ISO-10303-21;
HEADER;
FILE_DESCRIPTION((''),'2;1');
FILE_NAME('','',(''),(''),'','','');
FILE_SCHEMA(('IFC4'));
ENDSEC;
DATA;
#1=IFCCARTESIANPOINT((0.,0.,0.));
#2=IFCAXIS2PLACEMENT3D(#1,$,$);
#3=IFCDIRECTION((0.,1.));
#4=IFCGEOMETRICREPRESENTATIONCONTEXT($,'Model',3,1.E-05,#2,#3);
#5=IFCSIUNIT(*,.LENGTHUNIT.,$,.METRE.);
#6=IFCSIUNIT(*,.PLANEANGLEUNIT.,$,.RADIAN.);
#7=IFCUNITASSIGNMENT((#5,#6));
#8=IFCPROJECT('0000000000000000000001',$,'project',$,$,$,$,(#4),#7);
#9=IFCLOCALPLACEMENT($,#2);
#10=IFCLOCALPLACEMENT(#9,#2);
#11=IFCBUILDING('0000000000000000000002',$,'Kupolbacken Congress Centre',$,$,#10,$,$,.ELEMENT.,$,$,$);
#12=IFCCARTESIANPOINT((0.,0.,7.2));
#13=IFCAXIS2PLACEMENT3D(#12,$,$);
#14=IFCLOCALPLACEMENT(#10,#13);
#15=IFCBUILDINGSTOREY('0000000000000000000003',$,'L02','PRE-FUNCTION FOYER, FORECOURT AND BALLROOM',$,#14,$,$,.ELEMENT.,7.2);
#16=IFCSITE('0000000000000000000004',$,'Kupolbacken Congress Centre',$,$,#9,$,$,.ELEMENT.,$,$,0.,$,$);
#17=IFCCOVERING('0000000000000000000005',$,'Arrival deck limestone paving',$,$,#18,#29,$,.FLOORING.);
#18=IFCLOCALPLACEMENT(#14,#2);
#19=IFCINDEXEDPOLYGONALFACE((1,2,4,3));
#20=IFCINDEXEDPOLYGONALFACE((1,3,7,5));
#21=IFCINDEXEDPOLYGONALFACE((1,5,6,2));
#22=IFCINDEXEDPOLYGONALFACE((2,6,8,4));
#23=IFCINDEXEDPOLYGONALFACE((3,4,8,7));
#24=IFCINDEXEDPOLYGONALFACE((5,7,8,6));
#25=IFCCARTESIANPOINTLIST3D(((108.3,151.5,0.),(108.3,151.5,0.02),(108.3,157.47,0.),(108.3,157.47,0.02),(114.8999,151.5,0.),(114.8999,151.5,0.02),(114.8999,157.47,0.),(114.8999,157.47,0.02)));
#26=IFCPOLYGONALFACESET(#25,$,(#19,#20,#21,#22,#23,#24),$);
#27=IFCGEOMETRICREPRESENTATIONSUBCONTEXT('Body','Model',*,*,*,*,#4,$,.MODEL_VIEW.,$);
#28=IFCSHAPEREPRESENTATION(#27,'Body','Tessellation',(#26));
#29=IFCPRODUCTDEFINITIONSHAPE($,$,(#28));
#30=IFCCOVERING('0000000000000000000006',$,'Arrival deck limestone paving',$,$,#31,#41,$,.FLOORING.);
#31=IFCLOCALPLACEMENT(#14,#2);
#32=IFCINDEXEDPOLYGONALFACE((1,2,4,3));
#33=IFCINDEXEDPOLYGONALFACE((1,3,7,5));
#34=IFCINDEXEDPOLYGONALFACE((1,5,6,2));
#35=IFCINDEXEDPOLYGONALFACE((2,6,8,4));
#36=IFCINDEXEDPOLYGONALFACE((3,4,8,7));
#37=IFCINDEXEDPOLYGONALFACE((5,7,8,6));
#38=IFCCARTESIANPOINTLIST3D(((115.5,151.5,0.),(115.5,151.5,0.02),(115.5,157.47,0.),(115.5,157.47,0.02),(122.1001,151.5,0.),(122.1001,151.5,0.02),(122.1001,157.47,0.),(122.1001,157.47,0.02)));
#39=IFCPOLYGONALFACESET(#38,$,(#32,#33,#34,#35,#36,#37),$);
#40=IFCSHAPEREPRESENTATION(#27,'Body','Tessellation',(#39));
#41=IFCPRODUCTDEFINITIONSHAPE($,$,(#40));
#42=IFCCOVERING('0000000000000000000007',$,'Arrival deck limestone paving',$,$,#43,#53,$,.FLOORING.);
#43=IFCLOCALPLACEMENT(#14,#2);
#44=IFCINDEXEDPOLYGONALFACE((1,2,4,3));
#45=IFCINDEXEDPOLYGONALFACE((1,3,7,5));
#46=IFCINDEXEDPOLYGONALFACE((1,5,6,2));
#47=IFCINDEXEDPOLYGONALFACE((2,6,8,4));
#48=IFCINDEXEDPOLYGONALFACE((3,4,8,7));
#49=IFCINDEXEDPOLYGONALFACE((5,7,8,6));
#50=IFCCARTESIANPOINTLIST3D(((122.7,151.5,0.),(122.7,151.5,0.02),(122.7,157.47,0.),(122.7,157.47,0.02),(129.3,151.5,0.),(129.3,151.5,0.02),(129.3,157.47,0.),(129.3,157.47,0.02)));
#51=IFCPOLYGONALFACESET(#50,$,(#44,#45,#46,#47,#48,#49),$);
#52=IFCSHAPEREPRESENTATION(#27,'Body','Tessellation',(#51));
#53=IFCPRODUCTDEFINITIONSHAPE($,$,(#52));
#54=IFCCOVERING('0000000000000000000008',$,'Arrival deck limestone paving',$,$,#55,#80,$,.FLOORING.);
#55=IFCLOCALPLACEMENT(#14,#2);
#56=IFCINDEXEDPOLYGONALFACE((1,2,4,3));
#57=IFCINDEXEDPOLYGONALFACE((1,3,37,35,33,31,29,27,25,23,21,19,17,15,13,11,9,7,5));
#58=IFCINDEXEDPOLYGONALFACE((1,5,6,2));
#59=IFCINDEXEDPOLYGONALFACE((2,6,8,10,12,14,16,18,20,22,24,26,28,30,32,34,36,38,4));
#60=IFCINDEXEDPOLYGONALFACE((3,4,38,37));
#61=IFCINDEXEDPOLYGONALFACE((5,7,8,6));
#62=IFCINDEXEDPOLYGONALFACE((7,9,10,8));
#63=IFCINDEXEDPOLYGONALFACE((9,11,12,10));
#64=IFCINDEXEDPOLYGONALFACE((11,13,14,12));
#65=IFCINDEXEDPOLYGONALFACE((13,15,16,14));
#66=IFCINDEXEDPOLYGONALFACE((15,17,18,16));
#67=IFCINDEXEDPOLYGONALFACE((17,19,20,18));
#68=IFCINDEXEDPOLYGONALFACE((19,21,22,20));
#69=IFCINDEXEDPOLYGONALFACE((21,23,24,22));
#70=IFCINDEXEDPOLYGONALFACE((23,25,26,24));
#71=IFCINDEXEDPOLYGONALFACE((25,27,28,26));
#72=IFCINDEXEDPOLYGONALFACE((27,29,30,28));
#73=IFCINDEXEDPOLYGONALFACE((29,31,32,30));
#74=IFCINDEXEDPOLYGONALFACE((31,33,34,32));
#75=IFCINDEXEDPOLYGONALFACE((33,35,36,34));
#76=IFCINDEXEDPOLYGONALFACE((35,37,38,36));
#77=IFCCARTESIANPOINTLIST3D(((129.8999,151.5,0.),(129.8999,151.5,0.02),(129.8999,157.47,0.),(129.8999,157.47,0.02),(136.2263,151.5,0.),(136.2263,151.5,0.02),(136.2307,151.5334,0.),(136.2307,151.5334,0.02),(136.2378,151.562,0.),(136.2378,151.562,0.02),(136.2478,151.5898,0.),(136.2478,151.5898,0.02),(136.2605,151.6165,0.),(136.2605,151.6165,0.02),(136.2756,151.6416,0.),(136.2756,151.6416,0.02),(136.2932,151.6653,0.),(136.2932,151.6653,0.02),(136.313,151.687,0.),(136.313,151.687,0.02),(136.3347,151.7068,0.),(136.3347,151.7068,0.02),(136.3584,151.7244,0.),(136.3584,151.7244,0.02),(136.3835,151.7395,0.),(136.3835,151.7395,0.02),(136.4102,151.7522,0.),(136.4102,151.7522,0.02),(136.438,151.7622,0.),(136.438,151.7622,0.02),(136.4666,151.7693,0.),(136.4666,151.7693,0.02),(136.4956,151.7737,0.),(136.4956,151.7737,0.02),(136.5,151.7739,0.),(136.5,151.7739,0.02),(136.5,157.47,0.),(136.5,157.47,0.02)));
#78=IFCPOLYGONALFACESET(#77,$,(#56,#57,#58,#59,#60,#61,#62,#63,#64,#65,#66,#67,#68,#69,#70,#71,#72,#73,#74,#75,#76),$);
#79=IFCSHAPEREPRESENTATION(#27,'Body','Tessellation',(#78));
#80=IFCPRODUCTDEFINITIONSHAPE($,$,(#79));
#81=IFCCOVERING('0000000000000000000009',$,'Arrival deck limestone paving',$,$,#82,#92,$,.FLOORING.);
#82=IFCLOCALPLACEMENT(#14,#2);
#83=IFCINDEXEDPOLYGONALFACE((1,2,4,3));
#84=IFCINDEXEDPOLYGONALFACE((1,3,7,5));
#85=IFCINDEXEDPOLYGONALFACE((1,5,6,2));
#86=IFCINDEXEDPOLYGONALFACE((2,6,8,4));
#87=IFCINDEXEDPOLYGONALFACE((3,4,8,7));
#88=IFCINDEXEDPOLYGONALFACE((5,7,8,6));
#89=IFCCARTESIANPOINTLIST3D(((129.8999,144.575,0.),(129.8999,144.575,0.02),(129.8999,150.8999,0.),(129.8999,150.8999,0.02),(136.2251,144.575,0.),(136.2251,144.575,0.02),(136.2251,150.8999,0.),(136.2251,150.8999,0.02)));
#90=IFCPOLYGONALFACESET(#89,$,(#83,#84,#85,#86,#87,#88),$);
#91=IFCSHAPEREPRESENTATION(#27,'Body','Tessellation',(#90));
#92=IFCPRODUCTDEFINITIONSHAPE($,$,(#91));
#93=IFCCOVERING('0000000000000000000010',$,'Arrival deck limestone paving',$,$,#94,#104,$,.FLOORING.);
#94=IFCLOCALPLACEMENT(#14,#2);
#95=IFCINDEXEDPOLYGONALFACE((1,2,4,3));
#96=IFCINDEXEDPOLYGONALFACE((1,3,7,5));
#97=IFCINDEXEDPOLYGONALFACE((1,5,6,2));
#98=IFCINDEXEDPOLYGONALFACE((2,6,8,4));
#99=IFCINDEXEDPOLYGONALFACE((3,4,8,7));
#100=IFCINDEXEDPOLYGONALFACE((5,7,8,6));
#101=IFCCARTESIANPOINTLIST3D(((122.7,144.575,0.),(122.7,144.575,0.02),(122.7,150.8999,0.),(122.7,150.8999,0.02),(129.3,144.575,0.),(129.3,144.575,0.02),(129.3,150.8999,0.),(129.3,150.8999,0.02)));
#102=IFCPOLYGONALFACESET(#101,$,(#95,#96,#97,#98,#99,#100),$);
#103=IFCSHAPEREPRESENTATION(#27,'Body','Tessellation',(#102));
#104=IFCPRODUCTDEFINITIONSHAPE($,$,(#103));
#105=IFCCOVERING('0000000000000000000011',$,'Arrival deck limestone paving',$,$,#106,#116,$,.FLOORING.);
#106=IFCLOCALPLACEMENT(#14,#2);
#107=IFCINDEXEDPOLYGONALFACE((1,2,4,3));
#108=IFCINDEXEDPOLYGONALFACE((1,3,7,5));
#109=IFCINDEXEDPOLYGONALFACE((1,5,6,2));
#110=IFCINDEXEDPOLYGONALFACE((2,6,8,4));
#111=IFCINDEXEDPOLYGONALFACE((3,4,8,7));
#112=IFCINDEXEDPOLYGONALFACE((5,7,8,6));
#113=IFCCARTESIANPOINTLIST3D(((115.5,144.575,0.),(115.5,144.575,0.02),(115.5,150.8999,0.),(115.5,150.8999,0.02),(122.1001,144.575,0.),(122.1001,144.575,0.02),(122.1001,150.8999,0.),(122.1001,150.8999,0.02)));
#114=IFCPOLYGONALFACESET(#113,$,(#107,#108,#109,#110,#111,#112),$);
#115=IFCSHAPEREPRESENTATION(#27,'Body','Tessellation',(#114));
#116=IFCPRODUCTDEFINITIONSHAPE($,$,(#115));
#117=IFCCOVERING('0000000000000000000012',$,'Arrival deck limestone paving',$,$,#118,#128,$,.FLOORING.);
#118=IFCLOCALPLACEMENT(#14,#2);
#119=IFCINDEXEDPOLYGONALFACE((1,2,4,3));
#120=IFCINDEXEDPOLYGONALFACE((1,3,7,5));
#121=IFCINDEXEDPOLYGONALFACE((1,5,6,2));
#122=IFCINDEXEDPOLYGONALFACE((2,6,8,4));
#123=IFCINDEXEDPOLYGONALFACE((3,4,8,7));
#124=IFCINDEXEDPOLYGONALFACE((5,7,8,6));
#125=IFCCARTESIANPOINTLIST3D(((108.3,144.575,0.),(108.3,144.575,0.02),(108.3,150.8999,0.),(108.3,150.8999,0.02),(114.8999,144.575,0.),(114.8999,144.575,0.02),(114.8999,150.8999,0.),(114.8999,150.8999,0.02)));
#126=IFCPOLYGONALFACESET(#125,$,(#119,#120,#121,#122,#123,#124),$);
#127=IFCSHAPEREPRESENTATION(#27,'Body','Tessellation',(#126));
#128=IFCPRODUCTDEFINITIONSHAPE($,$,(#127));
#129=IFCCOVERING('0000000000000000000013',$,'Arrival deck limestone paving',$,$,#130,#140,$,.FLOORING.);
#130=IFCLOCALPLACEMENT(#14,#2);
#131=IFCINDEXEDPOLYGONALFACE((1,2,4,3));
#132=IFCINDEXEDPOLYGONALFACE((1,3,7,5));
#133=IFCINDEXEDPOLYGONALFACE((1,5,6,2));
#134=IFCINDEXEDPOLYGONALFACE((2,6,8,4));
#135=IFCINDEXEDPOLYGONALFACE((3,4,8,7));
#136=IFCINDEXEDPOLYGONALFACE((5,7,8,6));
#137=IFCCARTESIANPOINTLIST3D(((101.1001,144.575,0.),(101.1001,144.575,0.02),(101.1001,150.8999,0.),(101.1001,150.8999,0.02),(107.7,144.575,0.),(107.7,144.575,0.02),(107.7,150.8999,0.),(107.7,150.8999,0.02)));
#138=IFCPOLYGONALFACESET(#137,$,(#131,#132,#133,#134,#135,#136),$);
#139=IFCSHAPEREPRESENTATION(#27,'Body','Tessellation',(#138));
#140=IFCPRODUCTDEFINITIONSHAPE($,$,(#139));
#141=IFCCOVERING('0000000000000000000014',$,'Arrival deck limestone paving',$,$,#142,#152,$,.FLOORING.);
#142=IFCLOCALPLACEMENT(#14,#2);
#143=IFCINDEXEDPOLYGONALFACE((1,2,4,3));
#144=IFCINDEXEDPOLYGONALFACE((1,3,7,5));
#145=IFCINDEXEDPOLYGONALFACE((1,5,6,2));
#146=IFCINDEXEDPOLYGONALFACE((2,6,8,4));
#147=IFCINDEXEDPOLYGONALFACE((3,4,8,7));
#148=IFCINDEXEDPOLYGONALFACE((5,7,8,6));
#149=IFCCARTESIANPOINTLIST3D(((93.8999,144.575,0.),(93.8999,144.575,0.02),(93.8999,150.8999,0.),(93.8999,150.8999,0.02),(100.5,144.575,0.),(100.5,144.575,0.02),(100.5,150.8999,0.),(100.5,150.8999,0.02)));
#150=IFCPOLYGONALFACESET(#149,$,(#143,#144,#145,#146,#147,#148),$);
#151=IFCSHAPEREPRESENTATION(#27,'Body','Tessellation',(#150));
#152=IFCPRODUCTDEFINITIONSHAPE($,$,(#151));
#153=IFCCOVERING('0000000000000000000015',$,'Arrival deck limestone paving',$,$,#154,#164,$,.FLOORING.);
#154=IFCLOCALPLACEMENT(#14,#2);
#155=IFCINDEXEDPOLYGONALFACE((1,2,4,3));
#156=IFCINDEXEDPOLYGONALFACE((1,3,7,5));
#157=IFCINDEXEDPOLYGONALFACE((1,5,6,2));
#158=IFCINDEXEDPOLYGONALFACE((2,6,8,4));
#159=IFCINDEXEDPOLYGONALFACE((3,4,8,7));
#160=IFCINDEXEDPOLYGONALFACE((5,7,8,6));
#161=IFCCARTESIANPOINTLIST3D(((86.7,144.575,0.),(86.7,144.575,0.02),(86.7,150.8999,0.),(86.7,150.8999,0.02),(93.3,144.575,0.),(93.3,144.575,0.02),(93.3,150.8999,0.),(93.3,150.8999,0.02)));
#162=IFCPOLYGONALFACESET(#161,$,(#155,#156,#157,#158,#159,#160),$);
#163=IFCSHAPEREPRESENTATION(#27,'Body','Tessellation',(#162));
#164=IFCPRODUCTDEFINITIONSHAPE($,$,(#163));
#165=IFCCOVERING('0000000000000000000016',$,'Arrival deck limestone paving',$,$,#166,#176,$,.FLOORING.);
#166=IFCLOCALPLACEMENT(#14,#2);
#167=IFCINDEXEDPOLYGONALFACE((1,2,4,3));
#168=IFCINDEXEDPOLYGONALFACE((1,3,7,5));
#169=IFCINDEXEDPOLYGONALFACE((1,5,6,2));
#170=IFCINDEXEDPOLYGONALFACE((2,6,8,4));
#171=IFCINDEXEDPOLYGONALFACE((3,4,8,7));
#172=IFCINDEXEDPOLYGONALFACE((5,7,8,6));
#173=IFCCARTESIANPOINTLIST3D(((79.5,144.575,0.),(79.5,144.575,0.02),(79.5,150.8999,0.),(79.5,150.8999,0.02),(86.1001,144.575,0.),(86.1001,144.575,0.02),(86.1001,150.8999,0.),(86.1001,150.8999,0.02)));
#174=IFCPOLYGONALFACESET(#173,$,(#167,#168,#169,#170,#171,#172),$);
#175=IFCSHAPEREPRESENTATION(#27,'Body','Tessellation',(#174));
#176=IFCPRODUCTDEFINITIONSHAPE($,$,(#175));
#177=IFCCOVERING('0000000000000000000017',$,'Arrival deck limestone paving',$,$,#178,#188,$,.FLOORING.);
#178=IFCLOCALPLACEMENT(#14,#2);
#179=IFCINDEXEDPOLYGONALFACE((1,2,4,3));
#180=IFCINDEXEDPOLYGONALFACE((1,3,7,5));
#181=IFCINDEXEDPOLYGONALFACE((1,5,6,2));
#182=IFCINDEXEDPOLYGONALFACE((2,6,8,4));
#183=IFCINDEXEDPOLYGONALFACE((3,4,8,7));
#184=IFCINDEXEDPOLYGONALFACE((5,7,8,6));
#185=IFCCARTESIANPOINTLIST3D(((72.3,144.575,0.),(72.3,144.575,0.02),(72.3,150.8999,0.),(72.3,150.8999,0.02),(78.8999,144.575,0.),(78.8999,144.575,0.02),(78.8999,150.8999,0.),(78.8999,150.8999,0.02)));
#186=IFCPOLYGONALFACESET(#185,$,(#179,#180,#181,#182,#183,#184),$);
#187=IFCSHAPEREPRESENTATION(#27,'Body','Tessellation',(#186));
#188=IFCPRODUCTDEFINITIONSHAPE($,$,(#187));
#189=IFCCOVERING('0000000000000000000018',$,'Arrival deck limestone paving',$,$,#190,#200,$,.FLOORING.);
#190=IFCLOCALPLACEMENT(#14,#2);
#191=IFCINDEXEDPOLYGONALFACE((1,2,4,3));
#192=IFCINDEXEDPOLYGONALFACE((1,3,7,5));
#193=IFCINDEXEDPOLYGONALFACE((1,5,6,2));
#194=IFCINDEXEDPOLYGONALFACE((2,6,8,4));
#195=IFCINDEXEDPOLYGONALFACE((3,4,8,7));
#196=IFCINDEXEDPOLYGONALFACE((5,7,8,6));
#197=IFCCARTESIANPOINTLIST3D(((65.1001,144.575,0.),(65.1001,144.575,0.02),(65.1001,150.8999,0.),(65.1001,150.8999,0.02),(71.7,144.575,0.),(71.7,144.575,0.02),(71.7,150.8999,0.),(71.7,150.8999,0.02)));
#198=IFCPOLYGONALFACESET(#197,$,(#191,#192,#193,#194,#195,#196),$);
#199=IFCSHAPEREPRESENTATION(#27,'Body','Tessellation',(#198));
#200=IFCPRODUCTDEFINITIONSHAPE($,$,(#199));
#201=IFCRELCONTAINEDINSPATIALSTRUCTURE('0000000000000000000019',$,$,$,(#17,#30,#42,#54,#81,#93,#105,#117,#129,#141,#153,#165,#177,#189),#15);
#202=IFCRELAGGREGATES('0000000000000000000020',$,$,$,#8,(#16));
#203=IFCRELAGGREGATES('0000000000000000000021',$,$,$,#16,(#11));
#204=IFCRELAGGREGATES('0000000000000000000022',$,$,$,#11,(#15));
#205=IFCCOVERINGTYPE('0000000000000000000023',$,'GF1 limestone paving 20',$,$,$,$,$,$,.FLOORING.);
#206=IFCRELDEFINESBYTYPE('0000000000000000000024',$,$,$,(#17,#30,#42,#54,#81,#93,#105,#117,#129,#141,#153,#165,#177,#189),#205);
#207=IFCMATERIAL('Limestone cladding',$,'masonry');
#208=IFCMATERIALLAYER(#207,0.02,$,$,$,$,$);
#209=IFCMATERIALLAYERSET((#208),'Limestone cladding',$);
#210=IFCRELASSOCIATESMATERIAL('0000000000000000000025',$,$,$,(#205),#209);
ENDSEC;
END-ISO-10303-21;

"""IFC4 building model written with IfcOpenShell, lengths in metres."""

from ifc_helpers import new_model, si_unit, direction, frame, origin, place, context, subcontext, project, spatial, polyline, outline, extrude, material, layer, layer_set, type_object, element, save


model = new_model("IFC4")

# Units and contexts
model_context = context("Model", 3, precision=1e-05, world=origin(), true_north=direction((0.0, 1.0)))
body_context = subcontext(model_context, "Body", "Model", "MODEL_VIEW")
ifc_project = project(units=[si_unit("LENGTHUNIT", "METRE"), si_unit("PLANEANGLEUNIT", "RADIAN")], contexts=[model_context])

# Site, building, storey
site_placement = place(None, origin())
site = spatial("IfcSite", under=ifc_project, at=site_placement, Name="Kupolbacken Congress Centre", CompositionType="ELEMENT", RefElevation=0.0)
building_placement = place(site_placement, origin())
building = spatial("IfcBuilding", under=site, at=building_placement, Name="Kupolbacken Congress Centre", CompositionType="ELEMENT")
storey_placement = place(building_placement, frame((0.0, 0.0, 7.2)))
storey = spatial("IfcBuildingStorey", under=building, at=storey_placement, Name="L02", Description="PRE-FUNCTION FOYER, FORECOURT AND BALLROOM", CompositionType="ELEMENT", Elevation=7.2)

# Coverings
ifc_material_1 = material(Name="Limestone cladding", Category="masonry")
ifc_layer_1 = layer(ifc_material_1, 0.02)
ifc_layer_set_1 = layer_set([ifc_layer_1], Name="Limestone cladding")
covering_type_1 = type_object("IfcCoveringType", Name="GF1 limestone paving 20", PredefinedType="FLOORING", material=ifc_layer_set_1)
covering_1_placement = place(storey_placement, origin())
element("IfcCovering", 1, at=covering_1_placement, inside=storey, type_object=covering_type_1, Name="Arrival deck limestone paving", PredefinedType="FLOORING", context=body_context, shape_type="SweptSolid", body=[
    extrude(outline(polyline([(114.8999, 157.47), (114.8999, 151.5), (108.3, 151.5), (108.3, 157.47), (114.8999, 157.47)])), origin(), (0.0, 0.0, 1.0), 0.02),
])
covering_2_placement = place(storey_placement, origin())
element("IfcCovering", 2, at=covering_2_placement, inside=storey, type_object=covering_type_1, Name="Arrival deck limestone paving", PredefinedType="FLOORING", context=body_context, shape_type="SweptSolid", body=[
    extrude(outline(polyline([(122.1001, 157.47), (122.1001, 151.5), (115.5, 151.5), (115.5, 157.47), (122.1001, 157.47)])), origin(), (0.0, 0.0, 1.0), 0.02),
])
covering_3_placement = place(storey_placement, origin())
element("IfcCovering", 3, at=covering_3_placement, inside=storey, type_object=covering_type_1, Name="Arrival deck limestone paving", PredefinedType="FLOORING", context=body_context, shape_type="SweptSolid", body=[
    extrude(outline(polyline([(129.3, 157.47), (129.3, 151.5), (122.7, 151.5), (122.7, 157.47), (129.3, 157.47)])), origin(), (0.0, 0.0, 1.0), 0.02),
])
covering_4_placement = place(storey_placement, origin())
element("IfcCovering", 4, at=covering_4_placement, inside=storey, type_object=covering_type_1, Name="Arrival deck limestone paving", PredefinedType="FLOORING", context=body_context, shape_type="SweptSolid", body=[
    extrude(outline(polyline([(136.5, 157.47), (136.5, 151.7737), (136.5249, 151.7749), (136.4956, 151.7737), (136.4666, 151.7693), (136.438, 151.7622), (136.4102, 151.7522), (136.3835, 151.7395), (136.3584, 151.7244), (136.3347, 151.7068), (136.313, 151.687), (136.2932, 151.6653), (136.2756, 151.6416), (136.2605, 151.6165), (136.2478, 151.5898), (136.2378, 151.562), (136.2307, 151.5334), (136.2263, 151.5), (129.8999, 151.5), (129.8999, 157.47), (136.5, 157.47)])), origin(), (0.0, 0.0, 1.0), 0.02),
])
covering_5_placement = place(storey_placement, origin())
element("IfcCovering", 5, at=covering_5_placement, inside=storey, type_object=covering_type_1, Name="Arrival deck limestone paving", PredefinedType="FLOORING", context=body_context, shape_type="SweptSolid", body=[
    extrude(outline(polyline([(136.2251, 144.575), (129.8999, 144.575), (129.8999, 150.8999), (136.2251, 150.8999), (136.2251, 144.575)])), origin(), (0.0, 0.0, 1.0), 0.02),
])
covering_6_placement = place(storey_placement, origin())
element("IfcCovering", 6, at=covering_6_placement, inside=storey, type_object=covering_type_1, Name="Arrival deck limestone paving", PredefinedType="FLOORING", context=body_context, shape_type="SweptSolid", body=[
    extrude(outline(polyline([(122.7, 144.575), (122.7, 150.8999), (129.3, 150.8999), (129.3, 144.575), (122.7, 144.575)])), origin(), (0.0, 0.0, 1.0), 0.02),
])
covering_7_placement = place(storey_placement, origin())
element("IfcCovering", 7, at=covering_7_placement, inside=storey, type_object=covering_type_1, Name="Arrival deck limestone paving", PredefinedType="FLOORING", context=body_context, shape_type="SweptSolid", body=[
    extrude(outline(polyline([(115.5, 144.575), (115.5, 150.8999), (122.1001, 150.8999), (122.1001, 144.575), (115.5, 144.575)])), origin(), (0.0, 0.0, 1.0), 0.02),
])
covering_8_placement = place(storey_placement, origin())
element("IfcCovering", 8, at=covering_8_placement, inside=storey, type_object=covering_type_1, Name="Arrival deck limestone paving", PredefinedType="FLOORING", context=body_context, shape_type="SweptSolid", body=[
    extrude(outline(polyline([(108.3, 144.575), (108.3, 150.8999), (114.8999, 150.8999), (114.8999, 144.575), (108.3, 144.575)])), origin(), (0.0, 0.0, 1.0), 0.02),
])
covering_9_placement = place(storey_placement, origin())
element("IfcCovering", 9, at=covering_9_placement, inside=storey, type_object=covering_type_1, Name="Arrival deck limestone paving", PredefinedType="FLOORING", context=body_context, shape_type="SweptSolid", body=[
    extrude(outline(polyline([(101.1001, 144.575), (101.1001, 150.8999), (107.7, 150.8999), (107.7, 144.575), (101.1001, 144.575)])), origin(), (0.0, 0.0, 1.0), 0.02),
])
covering_10_placement = place(storey_placement, origin())
element("IfcCovering", 10, at=covering_10_placement, inside=storey, type_object=covering_type_1, Name="Arrival deck limestone paving", PredefinedType="FLOORING", context=body_context, shape_type="SweptSolid", body=[
    extrude(outline(polyline([(93.8999, 144.575), (93.8999, 150.8999), (100.5, 150.8999), (100.5, 144.575), (93.8999, 144.575)])), origin(), (0.0, 0.0, 1.0), 0.02),
])
covering_11_placement = place(storey_placement, origin())
element("IfcCovering", 11, at=covering_11_placement, inside=storey, type_object=covering_type_1, Name="Arrival deck limestone paving", PredefinedType="FLOORING", context=body_context, shape_type="SweptSolid", body=[
    extrude(outline(polyline([(86.7, 144.575), (86.7, 150.8999), (93.3, 150.8999), (93.3, 144.575), (86.7, 144.575)])), origin(), (0.0, 0.0, 1.0), 0.02),
])
covering_12_placement = place(storey_placement, origin())
element("IfcCovering", 12, at=covering_12_placement, inside=storey, type_object=covering_type_1, Name="Arrival deck limestone paving", PredefinedType="FLOORING", context=body_context, shape_type="SweptSolid", body=[
    extrude(outline(polyline([(79.5, 144.575), (79.5, 150.8999), (86.1001, 150.8999), (86.1001, 144.575), (79.5, 144.575)])), origin(), (0.0, 0.0, 1.0), 0.02),
])
covering_13_placement = place(storey_placement, origin())
element("IfcCovering", 13, at=covering_13_placement, inside=storey, type_object=covering_type_1, Name="Arrival deck limestone paving", PredefinedType="FLOORING", context=body_context, shape_type="SweptSolid", body=[
    extrude(outline(polyline([(72.3, 144.575), (72.3, 150.8999), (78.8999, 150.8999), (78.8999, 144.575), (72.3, 144.575)])), origin(), (0.0, 0.0, 1.0), 0.02),
])
covering_14_placement = place(storey_placement, origin())
element("IfcCovering", 14, at=covering_14_placement, inside=storey, type_object=covering_type_1, Name="Arrival deck limestone paving", PredefinedType="FLOORING", context=body_context, shape_type="SweptSolid", body=[
    extrude(outline(polyline([(65.1001, 144.575), (65.1001, 150.8999), (71.7, 150.8999), (71.7, 144.575), (65.1001, 144.575)])), origin(), (0.0, 0.0, 1.0), 0.02),
])

save(model, "model.ifc")
